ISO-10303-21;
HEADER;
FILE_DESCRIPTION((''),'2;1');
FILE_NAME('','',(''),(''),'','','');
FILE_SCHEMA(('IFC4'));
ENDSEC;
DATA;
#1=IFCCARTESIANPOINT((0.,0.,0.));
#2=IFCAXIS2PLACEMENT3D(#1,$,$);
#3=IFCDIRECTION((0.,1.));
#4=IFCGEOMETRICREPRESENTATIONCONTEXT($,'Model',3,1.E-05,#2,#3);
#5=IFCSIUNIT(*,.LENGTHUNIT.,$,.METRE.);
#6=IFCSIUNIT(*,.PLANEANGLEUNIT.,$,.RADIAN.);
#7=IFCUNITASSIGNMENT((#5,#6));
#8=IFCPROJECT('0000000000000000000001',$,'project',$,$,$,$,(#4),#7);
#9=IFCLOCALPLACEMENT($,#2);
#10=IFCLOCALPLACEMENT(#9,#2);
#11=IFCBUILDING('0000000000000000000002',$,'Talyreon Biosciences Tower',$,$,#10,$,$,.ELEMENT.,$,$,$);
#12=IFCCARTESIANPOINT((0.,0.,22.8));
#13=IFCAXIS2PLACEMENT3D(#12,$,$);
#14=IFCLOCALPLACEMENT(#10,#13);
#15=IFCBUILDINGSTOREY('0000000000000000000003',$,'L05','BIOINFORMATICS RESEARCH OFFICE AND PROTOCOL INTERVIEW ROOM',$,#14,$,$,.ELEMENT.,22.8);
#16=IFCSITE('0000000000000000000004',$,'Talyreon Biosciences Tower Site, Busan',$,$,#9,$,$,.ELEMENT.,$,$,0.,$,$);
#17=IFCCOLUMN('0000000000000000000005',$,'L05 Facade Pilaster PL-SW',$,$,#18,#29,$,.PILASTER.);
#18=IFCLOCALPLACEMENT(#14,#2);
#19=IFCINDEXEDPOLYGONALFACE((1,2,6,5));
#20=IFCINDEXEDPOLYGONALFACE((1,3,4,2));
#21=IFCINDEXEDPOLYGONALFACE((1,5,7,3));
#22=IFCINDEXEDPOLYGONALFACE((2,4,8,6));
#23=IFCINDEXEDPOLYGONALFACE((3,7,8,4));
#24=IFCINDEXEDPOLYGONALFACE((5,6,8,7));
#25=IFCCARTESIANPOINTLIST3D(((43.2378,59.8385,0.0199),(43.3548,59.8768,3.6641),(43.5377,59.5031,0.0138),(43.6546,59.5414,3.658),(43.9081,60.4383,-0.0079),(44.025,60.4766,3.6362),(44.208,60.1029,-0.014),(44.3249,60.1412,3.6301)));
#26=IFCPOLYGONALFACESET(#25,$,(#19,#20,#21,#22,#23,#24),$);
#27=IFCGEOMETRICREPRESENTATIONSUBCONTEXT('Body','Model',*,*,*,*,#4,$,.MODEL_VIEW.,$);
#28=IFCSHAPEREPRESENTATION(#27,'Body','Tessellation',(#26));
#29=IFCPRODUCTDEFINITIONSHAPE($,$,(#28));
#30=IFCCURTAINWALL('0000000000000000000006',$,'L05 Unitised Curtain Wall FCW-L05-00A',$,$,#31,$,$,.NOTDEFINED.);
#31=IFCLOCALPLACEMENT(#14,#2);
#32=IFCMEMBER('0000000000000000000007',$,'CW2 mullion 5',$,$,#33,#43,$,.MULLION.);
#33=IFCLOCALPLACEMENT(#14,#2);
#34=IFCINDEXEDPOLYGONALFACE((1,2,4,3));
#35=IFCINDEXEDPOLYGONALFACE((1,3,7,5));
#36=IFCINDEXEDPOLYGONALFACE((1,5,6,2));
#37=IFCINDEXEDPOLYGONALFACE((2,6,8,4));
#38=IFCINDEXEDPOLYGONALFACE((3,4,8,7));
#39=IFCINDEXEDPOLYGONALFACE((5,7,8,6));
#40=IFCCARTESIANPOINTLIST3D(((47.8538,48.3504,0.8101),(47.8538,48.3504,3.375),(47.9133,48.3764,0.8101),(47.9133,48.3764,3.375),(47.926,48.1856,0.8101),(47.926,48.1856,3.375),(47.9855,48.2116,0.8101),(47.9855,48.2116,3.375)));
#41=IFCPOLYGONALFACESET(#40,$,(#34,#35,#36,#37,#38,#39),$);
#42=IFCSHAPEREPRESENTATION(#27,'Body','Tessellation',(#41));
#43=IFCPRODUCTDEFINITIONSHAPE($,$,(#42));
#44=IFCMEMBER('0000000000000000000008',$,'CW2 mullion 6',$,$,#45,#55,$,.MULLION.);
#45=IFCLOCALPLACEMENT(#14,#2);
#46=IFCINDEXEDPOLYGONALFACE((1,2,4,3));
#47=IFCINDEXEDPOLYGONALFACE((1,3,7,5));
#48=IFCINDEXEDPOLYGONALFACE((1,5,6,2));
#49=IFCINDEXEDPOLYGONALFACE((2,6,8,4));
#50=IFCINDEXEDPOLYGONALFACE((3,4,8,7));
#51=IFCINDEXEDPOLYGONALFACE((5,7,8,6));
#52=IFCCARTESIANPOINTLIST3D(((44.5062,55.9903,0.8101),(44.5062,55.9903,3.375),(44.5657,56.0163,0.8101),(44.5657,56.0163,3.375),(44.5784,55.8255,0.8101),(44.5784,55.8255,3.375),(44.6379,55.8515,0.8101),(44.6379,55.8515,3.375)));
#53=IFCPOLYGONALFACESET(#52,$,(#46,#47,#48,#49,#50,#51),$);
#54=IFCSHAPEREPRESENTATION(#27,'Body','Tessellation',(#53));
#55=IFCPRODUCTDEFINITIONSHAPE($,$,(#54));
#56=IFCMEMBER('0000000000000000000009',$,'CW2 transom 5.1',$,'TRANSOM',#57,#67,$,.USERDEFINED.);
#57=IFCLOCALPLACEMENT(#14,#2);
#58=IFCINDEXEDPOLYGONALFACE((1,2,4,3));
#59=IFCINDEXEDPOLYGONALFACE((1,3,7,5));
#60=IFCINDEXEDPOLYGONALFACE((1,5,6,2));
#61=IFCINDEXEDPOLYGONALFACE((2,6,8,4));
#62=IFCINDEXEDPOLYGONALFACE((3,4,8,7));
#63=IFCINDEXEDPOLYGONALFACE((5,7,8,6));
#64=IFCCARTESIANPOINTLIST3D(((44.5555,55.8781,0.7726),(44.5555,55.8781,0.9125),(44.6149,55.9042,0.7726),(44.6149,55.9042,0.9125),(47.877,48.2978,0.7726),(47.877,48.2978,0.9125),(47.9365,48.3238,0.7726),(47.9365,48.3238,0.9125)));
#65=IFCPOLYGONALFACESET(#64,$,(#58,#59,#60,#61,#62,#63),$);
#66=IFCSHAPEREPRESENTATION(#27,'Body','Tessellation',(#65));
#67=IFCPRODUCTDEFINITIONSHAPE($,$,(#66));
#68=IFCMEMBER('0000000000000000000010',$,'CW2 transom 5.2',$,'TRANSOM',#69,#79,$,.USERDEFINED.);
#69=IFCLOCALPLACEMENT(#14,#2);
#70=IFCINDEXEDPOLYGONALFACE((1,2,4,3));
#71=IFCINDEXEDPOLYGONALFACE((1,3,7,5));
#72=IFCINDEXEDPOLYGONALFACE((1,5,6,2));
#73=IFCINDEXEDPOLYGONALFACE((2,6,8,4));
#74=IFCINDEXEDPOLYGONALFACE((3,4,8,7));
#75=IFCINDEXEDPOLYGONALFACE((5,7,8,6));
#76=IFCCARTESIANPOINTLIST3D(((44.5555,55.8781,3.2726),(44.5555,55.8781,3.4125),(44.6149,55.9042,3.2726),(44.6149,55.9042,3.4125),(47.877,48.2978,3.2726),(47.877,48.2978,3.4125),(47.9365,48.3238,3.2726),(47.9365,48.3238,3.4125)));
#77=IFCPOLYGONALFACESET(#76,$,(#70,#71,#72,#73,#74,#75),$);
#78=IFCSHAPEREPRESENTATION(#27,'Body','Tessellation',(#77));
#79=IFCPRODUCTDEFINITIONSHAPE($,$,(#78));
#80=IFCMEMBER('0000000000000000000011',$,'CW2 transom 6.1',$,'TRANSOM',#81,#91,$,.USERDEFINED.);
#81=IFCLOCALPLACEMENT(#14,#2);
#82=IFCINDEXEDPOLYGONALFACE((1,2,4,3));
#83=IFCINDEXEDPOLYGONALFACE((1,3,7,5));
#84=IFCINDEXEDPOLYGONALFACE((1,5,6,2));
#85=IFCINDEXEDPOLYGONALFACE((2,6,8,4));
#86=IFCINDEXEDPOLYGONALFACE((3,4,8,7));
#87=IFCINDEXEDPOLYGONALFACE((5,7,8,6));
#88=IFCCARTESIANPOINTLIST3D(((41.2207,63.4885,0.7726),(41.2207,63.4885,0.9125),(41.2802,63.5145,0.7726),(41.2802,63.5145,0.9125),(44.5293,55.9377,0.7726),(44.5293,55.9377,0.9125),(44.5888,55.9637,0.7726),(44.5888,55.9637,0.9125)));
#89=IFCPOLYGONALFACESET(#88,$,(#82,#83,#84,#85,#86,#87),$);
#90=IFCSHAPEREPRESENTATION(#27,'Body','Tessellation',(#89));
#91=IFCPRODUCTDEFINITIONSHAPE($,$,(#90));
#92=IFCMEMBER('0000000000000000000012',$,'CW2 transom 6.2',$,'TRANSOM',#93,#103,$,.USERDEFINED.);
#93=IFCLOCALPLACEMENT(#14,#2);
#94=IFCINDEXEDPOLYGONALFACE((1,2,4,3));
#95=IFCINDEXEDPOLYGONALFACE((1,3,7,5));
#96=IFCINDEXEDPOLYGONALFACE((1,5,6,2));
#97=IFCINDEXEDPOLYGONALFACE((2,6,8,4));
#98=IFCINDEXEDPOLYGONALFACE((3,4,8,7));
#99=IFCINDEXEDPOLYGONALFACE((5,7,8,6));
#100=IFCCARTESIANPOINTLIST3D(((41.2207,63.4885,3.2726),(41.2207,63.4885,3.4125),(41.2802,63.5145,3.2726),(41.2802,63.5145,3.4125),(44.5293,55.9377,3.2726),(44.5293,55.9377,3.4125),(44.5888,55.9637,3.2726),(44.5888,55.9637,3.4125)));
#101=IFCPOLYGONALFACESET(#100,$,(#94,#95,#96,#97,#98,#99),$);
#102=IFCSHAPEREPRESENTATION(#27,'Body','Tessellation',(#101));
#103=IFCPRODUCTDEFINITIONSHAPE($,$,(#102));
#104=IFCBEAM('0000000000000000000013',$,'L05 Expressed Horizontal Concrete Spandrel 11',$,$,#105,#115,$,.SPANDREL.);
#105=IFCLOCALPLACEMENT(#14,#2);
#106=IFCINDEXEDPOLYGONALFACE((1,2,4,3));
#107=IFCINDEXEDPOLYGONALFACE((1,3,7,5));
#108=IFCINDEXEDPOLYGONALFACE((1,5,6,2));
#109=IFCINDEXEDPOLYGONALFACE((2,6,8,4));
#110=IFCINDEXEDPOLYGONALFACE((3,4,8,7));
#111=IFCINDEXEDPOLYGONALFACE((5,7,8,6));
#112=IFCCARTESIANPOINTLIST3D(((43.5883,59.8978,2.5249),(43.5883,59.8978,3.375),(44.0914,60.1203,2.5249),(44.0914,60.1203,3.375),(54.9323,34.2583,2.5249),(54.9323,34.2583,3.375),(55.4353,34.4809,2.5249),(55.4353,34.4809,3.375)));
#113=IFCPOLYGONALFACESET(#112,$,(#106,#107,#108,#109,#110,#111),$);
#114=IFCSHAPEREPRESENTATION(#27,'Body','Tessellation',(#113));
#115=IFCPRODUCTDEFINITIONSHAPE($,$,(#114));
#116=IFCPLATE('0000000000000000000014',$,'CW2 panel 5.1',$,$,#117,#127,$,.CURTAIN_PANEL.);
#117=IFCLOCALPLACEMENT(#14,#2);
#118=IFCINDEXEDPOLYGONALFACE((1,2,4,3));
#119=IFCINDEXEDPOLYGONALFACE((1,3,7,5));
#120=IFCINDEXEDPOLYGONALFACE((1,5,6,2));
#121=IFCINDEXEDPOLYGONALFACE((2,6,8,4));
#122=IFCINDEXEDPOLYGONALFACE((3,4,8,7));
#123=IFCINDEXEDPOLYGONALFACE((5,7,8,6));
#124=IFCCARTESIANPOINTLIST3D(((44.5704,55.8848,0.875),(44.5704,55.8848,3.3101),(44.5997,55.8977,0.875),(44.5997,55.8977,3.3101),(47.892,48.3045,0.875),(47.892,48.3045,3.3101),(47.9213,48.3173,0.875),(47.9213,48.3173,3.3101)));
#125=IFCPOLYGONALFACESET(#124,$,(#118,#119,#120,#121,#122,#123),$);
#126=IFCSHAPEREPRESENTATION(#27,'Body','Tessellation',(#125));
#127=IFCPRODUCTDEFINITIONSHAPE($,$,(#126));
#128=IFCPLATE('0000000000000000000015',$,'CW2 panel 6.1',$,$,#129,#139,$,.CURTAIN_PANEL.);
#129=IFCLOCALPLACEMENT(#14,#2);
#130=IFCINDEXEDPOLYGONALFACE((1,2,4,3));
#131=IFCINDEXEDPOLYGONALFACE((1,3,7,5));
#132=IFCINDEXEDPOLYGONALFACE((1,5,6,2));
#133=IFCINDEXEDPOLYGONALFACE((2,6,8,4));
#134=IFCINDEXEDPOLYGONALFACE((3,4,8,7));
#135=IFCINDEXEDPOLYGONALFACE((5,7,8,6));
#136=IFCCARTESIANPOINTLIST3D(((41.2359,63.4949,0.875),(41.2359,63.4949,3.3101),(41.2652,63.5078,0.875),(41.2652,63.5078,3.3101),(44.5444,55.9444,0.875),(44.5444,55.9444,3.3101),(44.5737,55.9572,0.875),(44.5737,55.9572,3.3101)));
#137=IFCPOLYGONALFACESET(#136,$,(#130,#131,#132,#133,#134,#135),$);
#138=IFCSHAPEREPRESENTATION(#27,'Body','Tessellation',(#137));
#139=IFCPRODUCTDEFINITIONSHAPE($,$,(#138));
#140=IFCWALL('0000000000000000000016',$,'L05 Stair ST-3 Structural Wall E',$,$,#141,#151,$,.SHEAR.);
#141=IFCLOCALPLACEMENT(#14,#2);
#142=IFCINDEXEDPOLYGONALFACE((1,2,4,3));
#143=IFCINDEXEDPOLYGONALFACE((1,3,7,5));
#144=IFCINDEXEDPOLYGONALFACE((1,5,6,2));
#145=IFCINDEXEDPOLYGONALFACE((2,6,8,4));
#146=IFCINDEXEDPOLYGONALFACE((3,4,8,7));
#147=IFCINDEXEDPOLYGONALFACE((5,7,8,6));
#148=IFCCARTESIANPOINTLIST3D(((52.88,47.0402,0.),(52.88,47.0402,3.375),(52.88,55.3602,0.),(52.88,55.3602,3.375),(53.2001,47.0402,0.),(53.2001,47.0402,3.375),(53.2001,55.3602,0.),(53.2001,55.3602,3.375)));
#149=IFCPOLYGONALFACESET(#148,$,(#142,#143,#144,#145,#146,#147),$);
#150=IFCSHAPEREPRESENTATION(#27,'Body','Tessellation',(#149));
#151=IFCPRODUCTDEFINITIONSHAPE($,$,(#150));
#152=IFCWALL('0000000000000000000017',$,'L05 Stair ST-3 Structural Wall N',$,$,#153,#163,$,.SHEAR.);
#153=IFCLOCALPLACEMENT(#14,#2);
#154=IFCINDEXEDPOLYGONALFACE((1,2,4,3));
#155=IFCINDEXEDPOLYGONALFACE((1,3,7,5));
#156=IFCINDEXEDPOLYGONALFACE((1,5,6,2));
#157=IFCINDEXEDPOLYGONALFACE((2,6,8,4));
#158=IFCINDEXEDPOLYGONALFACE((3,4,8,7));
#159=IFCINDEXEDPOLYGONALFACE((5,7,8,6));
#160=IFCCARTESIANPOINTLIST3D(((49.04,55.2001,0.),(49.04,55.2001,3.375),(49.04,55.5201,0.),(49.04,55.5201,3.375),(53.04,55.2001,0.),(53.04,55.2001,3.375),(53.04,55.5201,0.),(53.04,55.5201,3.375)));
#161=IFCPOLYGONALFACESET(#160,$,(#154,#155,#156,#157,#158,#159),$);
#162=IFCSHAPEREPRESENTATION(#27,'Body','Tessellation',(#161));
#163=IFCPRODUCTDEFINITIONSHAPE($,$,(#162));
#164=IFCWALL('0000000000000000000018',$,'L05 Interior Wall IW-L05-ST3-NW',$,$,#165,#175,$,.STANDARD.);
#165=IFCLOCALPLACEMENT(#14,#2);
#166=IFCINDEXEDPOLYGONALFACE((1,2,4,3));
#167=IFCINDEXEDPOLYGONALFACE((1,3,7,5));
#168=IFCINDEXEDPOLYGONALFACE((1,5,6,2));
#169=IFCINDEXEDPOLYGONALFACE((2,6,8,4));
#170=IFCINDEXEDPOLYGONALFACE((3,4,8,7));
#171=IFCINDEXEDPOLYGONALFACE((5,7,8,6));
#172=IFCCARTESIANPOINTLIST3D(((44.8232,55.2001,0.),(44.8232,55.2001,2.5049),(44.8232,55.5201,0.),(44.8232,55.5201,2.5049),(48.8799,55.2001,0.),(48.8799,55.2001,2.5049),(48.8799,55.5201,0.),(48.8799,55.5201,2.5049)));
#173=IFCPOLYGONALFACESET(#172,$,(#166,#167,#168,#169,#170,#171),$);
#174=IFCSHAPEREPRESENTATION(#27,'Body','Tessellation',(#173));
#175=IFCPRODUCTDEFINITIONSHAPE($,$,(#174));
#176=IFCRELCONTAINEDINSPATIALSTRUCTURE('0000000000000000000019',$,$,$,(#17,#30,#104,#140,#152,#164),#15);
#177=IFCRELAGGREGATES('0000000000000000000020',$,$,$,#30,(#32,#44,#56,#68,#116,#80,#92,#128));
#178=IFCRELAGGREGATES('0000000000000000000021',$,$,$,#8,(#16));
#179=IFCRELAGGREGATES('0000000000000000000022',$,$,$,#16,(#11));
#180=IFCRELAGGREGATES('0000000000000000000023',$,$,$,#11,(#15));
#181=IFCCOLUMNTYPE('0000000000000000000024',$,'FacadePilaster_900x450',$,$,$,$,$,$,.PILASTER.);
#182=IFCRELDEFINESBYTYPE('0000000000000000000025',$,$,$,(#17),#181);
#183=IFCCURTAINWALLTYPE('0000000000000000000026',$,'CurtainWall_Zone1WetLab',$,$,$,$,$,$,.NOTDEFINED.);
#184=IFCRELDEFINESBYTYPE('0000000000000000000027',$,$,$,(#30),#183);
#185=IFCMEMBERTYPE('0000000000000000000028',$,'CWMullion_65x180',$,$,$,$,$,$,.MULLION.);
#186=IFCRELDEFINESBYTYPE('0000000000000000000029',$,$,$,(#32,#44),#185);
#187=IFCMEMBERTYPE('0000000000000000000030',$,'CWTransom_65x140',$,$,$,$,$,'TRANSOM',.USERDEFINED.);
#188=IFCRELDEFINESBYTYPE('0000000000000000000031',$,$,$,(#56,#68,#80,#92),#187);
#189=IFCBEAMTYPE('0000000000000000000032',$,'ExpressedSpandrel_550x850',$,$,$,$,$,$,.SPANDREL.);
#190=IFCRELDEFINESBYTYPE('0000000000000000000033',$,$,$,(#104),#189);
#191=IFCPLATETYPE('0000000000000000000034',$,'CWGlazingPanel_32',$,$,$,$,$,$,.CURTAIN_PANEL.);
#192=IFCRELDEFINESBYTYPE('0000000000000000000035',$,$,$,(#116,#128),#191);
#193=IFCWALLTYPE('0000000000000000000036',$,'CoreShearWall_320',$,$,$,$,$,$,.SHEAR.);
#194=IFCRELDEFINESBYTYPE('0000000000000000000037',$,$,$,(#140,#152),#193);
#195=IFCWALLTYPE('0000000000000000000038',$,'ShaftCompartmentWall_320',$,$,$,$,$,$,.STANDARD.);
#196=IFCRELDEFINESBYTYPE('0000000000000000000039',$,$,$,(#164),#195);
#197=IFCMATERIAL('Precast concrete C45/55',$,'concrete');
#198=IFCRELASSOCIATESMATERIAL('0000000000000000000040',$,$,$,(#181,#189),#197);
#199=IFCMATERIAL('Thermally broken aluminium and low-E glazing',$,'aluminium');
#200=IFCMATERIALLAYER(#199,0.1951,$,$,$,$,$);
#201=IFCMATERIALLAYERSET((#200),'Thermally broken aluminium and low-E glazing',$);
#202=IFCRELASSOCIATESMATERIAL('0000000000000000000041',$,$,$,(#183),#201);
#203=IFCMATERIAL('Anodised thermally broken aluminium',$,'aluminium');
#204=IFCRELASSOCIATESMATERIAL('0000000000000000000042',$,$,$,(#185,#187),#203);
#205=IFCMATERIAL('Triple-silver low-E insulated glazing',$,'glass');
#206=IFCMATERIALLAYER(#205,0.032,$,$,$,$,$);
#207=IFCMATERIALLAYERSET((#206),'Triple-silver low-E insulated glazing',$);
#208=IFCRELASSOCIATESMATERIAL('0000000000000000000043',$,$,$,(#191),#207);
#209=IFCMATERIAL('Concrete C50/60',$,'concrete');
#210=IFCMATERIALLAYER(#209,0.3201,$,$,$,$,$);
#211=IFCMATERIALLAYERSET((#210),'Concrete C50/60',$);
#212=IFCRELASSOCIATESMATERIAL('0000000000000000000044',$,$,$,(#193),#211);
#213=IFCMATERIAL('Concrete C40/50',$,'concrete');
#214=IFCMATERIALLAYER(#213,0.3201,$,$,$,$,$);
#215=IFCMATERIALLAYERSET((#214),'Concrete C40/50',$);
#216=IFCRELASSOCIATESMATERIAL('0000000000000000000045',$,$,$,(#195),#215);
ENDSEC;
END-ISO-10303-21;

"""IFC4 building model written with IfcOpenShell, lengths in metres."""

from ifc_helpers import new_model, si_unit, direction, frame, frame_2d, origin, origin_2d, place, context, subcontext, project, spatial, rectangle, extrude, material, layer, layer_set, material_profile, profile_set, type_object, element, aggregate, save


model = new_model("IFC4")

# Units and contexts
model_context = context("Model", 3, precision=1e-05, world=origin(), true_north=direction((0.0, 1.0)))
body_context = subcontext(model_context, "Body", "Model", "MODEL_VIEW")
ifc_project = project(units=[si_unit("LENGTHUNIT", "METRE"), si_unit("PLANEANGLEUNIT", "RADIAN")], contexts=[model_context])

# Site, building, storey
site_placement = place(None, origin())
site = spatial("IfcSite", under=ifc_project, at=site_placement, Name="Talyreon Biosciences Tower Site, Busan", CompositionType="ELEMENT", RefElevation=0.0)
building_placement = place(site_placement, origin())
building = spatial("IfcBuilding", under=site, at=building_placement, Name="Talyreon Biosciences Tower", CompositionType="ELEMENT")
storey_placement = place(building_placement, frame((0.0, 0.0, 22.8)))
storey = spatial("IfcBuildingStorey", under=building, at=storey_placement, Name="L05", Description="BIOINFORMATICS RESEARCH OFFICE AND PROTOCOL INTERVIEW ROOM", CompositionType="ELEMENT", Elevation=22.8)

# Column
ifc_material_1 = material(Name="Precast concrete C45/55", Category="concrete")
ifc_material_profile_1 = material_profile(ifc_material_1, rectangle(XDim=0.8999, YDim=0.45, at=origin_2d()), Name="RC 900x450")
ifc_profile_set_1 = profile_set([ifc_material_profile_1], Name="Precast concrete C45/55")
column_type = type_object("IfcColumnType", Name="FacadePilaster_900x450", PredefinedType="PILASTER", material=ifc_profile_set_1)
column_placement = place(storey_placement, frame((43.7229, 59.9707, 0.0029), z_axis=(0.032073, 0.010513, 0.99943), x_axis=(0.744836, 0.666531, -0.030914)))
element("IfcColumn", 1, at=column_placement, inside=storey, type_object=column_type, Name="L05 Facade Pilaster PL-SW", PredefinedType="PILASTER", context=body_context, shape_type="SweptSolid", body=[
    extrude(rectangle(XDim=0.8999, YDim=0.45, at=origin_2d()), origin(), (0.0, 0.0, 1.0), 3.6462),
])

# Curtain wall, members
ifc_material_2 = material(Name="Thermally broken aluminium and low-E glazing", Category="aluminium")
ifc_layer_1 = layer(ifc_material_2, 0.1951)
ifc_layer_set_1 = layer_set([ifc_layer_1], Name="Thermally broken aluminium and low-E glazing")
curtain_wall_type = type_object("IfcCurtainWallType", Name="CurtainWall_Zone1WetLab", PredefinedType="NOTDEFINED", material=ifc_layer_set_1)
curtain_wall_placement = place(storey_placement, origin())
curtain_wall = element("IfcCurtainWall", 2, at=curtain_wall_placement, inside=storey, type_object=curtain_wall_type, Name="L05 Unitised Curtain Wall FCW-L05-00A", PredefinedType="NOTDEFINED")
ifc_material_3 = material(Name="Anodised thermally broken aluminium", Category="aluminium")
ifc_material_profile_2 = material_profile(ifc_material_3, rectangle(XDim=0.0649, YDim=0.1799, at=origin_2d()), Name="ALUM MULLION 65x180")
ifc_profile_set_2 = profile_set([ifc_material_profile_2], Name="Anodised thermally broken aluminium")
member_type_1 = type_object("IfcMemberType", Name="CWMullion_65x180", PredefinedType="MULLION", material=ifc_profile_set_2)
member_1_placement = place(storey_placement, frame((47.9197, 48.281, 0.8101), z_axis=(0.0, 0.0, 1.0), x_axis=(-0.915927, -0.401345, 0.0)))
member_1 = element("IfcMember", 3, at=member_1_placement, type_object=member_type_1, Name="CW2 mullion 5", PredefinedType="MULLION", context=body_context, shape_type="SweptSolid", body=[
    extrude(rectangle(XDim=0.0649, YDim=0.1799, at=origin_2d()), origin(), (0.0, 0.0, 1.0), 2.5649),
])
member_2_placement = place(storey_placement, frame((44.572, 55.9209, 0.8101), z_axis=(0.0, 0.0, 1.0), x_axis=(-0.915927, -0.401345, 0.0)))
member_2 = element("IfcMember", 4, at=member_2_placement, type_object=member_type_1, Name="CW2 mullion 6", PredefinedType="MULLION", context=body_context, shape_type="SweptSolid", body=[
    extrude(rectangle(XDim=0.0649, YDim=0.1799, at=origin_2d()), origin(), (0.0, 0.0, 1.0), 2.5649),
])
ifc_material_profile_3 = material_profile(ifc_material_3, rectangle(XDim=0.0649, YDim=0.1399, at=origin_2d()), Name="ALUM TRANSOM 65x140")
ifc_profile_set_3 = profile_set([ifc_material_profile_3], Name="Anodised thermally broken aluminium")
member_type_2 = type_object("IfcMemberType", Name="CWTransom_65x140", ElementType="TRANSOM", PredefinedType="USERDEFINED", material=ifc_profile_set_3)
member_3_placement = place(storey_placement, frame((47.9067, 48.3108, 0.8425), z_axis=(-0.40134, 0.915929, 0.0), x_axis=(-0.915929, -0.40134, 0.0)))
member_3 = element("IfcMember", 5, at=member_3_placement, type_object=member_type_2, Name="CW2 transom 5.1", ObjectType="TRANSOM", PredefinedType="USERDEFINED", context=body_context, shape_type="SweptSolid", body=[
    extrude(rectangle(XDim=0.0649, YDim=0.1399, at=origin_2d()), origin(), (0.0, 0.0, 1.0), 8.2761),
])
member_4_placement = place(storey_placement, frame((47.9067, 48.3108, 3.3425), z_axis=(-0.40134, 0.915929, 0.0), x_axis=(-0.915929, -0.40134, 0.0)))
member_4 = element("IfcMember", 6, at=member_4_placement, type_object=member_type_2, Name="CW2 transom 5.2", ObjectType="TRANSOM", PredefinedType="USERDEFINED", context=body_context, shape_type="SweptSolid", body=[
    extrude(rectangle(XDim=0.0649, YDim=0.1399, at=origin_2d()), origin(), (0.0, 0.0, 1.0), 8.2761),
])
member_5_placement = place(storey_placement, frame((44.5591, 55.9507, 0.8425), z_axis=(-0.401341, 0.915929, 0.0), x_axis=(-0.915929, -0.401341, 0.0)))
member_5 = element("IfcMember", 7, at=member_5_placement, type_object=member_type_2, Name="CW2 transom 6.1", ObjectType="TRANSOM", PredefinedType="USERDEFINED", context=body_context, shape_type="SweptSolid", body=[
    extrude(rectangle(XDim=0.0649, YDim=0.1399, at=origin_2d()), origin(), (0.0, 0.0, 1.0), 8.2439),
])
member_6_placement = place(storey_placement, frame((44.5591, 55.9507, 3.3425), z_axis=(-0.401341, 0.915929, 0.0), x_axis=(-0.915929, -0.401341, 0.0)))
member_6 = element("IfcMember", 8, at=member_6_placement, type_object=member_type_2, Name="CW2 transom 6.2", ObjectType="TRANSOM", PredefinedType="USERDEFINED", context=body_context, shape_type="SweptSolid", body=[
    extrude(rectangle(XDim=0.0649, YDim=0.1399, at=origin_2d()), origin(), (0.0, 0.0, 1.0), 8.2439),
])

# Beam
ifc_material_profile_4 = material_profile(ifc_material_1, rectangle(XDim=0.55, YDim=0.8501, at=origin_2d()), Name="RCB 550x850")
ifc_profile_set_4 = profile_set([ifc_material_profile_4], Name="Precast concrete C45/55")
beam_type = type_object("IfcBeamType", Name="ExpressedSpandrel_550x850", PredefinedType="SPANDREL", material=ifc_profile_set_4)
beam_placement = place(storey_placement, frame((43.8398, 60.009, 2.95), z_axis=(0.40461, -0.914489, 0.0), x_axis=(0.914489, 0.40461, 0.0)))
element("IfcBeam", 9, at=beam_placement, inside=storey, type_object=beam_type, Name="L05 Expressed Horizontal Concrete Spandrel 11", PredefinedType="SPANDREL", context=body_context, shape_type="SweptSolid", body=[
    extrude(rectangle(XDim=0.55, YDim=0.8501, at=origin_2d()), origin(), (0.0, 0.0, 1.0), 28.0369),
])

# Plates
ifc_material_4 = material(Name="Triple-silver low-E insulated glazing", Category="glass")
ifc_layer_2 = layer(ifc_material_4, 0.032)
ifc_layer_set_2 = layer_set([ifc_layer_2], Name="Triple-silver low-E insulated glazing")
plate_type = type_object("IfcPlateType", Name="CWGlazingPanel_32", PredefinedType="CURTAIN_PANEL", material=ifc_layer_set_2)
plate_1_placement = place(storey_placement, frame((46.2458, 52.1011, 0.875), z_axis=(0.0, 0.0, 1.0), x_axis=(-0.401345, 0.915927, 0.0)))
plate_1 = element("IfcPlate", 10, at=plate_1_placement, type_object=plate_type, Name="CW2 panel 5.1", PredefinedType="CURTAIN_PANEL", context=body_context, shape_type="SweptSolid", body=[
    extrude(rectangle(XDim=8.2761, YDim=0.032, at=origin_2d()), origin(), (0.0, 0.0, 1.0), 2.4351),
])
plate_2_placement = place(storey_placement, frame((42.9048, 59.7261, 0.875), z_axis=(0.0, 0.0, 1.0), x_axis=(-0.401345, 0.915927, 0.0)))
plate_2 = element("IfcPlate", 11, at=plate_2_placement, type_object=plate_type, Name="CW2 panel 6.1", PredefinedType="CURTAIN_PANEL", context=body_context, shape_type="SweptSolid", body=[
    extrude(rectangle(XDim=8.2437, YDim=0.032, at=origin_2d()), origin(), (0.0, 0.0, 1.0), 2.4351),
])
aggregate(curtain_wall, [member_1, member_2, member_3, member_4, plate_1, member_5, member_6, plate_2])

# Walls
ifc_material_5 = material(Name="Concrete C50/60", Category="concrete")
ifc_layer_3 = layer(ifc_material_5, 0.3201)
ifc_layer_set_3 = layer_set([ifc_layer_3], Name="Concrete C50/60")
wall_type_1 = type_object("IfcWallType", Name="CoreShearWall_320", PredefinedType="SHEAR", material=ifc_layer_set_3)
wall_1_placement = place(storey_placement, frame((53.04, 47.04, 0.0), z_axis=(0.0, 0.0, 1.0), x_axis=(0.0, 1.0, 0.0)))
element("IfcWall", 12, at=wall_1_placement, inside=storey, type_object=wall_type_1, Name="L05 Stair ST-3 Structural Wall E", PredefinedType="SHEAR", context=body_context, shape_type="SweptSolid", body=[
    extrude(rectangle(XDim=8.3201, YDim=0.3201, at=frame_2d((4.1602, 0.0))), origin(), (0.0, 0.0, 1.0), 3.375),
])
wall_2_placement = place(storey_placement, frame((49.04, 55.3601, 0.0), z_axis=(0.0, 0.0, 1.0), x_axis=(1.0, 0.0, 0.0)))
element("IfcWall", 13, at=wall_2_placement, inside=storey, type_object=wall_type_1, Name="L05 Stair ST-3 Structural Wall N", PredefinedType="SHEAR", context=body_context, shape_type="SweptSolid", body=[
    extrude(rectangle(XDim=4.0, YDim=0.3201, at=frame_2d((2.0, 0.0))), origin(), (0.0, 0.0, 1.0), 3.375),
])

# Wall
ifc_material_6 = material(Name="Concrete C40/50", Category="concrete")
ifc_layer_4 = layer(ifc_material_6, 0.3201)
ifc_layer_set_4 = layer_set([ifc_layer_4], Name="Concrete C40/50")
wall_type_2 = type_object("IfcWallType", Name="ShaftCompartmentWall_320", PredefinedType="STANDARD", material=ifc_layer_set_4)
wall_3_placement = place(storey_placement, frame((44.8232, 55.3601, 0.0), z_axis=(0.0, 0.0, 1.0), x_axis=(1.0, 0.0, 0.0)))
element("IfcWall", 14, at=wall_3_placement, inside=storey, type_object=wall_type_2, Name="L05 Interior Wall IW-L05-ST3-NW", PredefinedType="STANDARD", context=body_context, shape_type="SweptSolid", body=[
    extrude(rectangle(XDim=4.0566, YDim=0.3201, at=frame_2d((2.0283, 0.0))), origin(), (0.0, 0.0, 1.0), 2.5049),
])

save(model, "model.ifc")
